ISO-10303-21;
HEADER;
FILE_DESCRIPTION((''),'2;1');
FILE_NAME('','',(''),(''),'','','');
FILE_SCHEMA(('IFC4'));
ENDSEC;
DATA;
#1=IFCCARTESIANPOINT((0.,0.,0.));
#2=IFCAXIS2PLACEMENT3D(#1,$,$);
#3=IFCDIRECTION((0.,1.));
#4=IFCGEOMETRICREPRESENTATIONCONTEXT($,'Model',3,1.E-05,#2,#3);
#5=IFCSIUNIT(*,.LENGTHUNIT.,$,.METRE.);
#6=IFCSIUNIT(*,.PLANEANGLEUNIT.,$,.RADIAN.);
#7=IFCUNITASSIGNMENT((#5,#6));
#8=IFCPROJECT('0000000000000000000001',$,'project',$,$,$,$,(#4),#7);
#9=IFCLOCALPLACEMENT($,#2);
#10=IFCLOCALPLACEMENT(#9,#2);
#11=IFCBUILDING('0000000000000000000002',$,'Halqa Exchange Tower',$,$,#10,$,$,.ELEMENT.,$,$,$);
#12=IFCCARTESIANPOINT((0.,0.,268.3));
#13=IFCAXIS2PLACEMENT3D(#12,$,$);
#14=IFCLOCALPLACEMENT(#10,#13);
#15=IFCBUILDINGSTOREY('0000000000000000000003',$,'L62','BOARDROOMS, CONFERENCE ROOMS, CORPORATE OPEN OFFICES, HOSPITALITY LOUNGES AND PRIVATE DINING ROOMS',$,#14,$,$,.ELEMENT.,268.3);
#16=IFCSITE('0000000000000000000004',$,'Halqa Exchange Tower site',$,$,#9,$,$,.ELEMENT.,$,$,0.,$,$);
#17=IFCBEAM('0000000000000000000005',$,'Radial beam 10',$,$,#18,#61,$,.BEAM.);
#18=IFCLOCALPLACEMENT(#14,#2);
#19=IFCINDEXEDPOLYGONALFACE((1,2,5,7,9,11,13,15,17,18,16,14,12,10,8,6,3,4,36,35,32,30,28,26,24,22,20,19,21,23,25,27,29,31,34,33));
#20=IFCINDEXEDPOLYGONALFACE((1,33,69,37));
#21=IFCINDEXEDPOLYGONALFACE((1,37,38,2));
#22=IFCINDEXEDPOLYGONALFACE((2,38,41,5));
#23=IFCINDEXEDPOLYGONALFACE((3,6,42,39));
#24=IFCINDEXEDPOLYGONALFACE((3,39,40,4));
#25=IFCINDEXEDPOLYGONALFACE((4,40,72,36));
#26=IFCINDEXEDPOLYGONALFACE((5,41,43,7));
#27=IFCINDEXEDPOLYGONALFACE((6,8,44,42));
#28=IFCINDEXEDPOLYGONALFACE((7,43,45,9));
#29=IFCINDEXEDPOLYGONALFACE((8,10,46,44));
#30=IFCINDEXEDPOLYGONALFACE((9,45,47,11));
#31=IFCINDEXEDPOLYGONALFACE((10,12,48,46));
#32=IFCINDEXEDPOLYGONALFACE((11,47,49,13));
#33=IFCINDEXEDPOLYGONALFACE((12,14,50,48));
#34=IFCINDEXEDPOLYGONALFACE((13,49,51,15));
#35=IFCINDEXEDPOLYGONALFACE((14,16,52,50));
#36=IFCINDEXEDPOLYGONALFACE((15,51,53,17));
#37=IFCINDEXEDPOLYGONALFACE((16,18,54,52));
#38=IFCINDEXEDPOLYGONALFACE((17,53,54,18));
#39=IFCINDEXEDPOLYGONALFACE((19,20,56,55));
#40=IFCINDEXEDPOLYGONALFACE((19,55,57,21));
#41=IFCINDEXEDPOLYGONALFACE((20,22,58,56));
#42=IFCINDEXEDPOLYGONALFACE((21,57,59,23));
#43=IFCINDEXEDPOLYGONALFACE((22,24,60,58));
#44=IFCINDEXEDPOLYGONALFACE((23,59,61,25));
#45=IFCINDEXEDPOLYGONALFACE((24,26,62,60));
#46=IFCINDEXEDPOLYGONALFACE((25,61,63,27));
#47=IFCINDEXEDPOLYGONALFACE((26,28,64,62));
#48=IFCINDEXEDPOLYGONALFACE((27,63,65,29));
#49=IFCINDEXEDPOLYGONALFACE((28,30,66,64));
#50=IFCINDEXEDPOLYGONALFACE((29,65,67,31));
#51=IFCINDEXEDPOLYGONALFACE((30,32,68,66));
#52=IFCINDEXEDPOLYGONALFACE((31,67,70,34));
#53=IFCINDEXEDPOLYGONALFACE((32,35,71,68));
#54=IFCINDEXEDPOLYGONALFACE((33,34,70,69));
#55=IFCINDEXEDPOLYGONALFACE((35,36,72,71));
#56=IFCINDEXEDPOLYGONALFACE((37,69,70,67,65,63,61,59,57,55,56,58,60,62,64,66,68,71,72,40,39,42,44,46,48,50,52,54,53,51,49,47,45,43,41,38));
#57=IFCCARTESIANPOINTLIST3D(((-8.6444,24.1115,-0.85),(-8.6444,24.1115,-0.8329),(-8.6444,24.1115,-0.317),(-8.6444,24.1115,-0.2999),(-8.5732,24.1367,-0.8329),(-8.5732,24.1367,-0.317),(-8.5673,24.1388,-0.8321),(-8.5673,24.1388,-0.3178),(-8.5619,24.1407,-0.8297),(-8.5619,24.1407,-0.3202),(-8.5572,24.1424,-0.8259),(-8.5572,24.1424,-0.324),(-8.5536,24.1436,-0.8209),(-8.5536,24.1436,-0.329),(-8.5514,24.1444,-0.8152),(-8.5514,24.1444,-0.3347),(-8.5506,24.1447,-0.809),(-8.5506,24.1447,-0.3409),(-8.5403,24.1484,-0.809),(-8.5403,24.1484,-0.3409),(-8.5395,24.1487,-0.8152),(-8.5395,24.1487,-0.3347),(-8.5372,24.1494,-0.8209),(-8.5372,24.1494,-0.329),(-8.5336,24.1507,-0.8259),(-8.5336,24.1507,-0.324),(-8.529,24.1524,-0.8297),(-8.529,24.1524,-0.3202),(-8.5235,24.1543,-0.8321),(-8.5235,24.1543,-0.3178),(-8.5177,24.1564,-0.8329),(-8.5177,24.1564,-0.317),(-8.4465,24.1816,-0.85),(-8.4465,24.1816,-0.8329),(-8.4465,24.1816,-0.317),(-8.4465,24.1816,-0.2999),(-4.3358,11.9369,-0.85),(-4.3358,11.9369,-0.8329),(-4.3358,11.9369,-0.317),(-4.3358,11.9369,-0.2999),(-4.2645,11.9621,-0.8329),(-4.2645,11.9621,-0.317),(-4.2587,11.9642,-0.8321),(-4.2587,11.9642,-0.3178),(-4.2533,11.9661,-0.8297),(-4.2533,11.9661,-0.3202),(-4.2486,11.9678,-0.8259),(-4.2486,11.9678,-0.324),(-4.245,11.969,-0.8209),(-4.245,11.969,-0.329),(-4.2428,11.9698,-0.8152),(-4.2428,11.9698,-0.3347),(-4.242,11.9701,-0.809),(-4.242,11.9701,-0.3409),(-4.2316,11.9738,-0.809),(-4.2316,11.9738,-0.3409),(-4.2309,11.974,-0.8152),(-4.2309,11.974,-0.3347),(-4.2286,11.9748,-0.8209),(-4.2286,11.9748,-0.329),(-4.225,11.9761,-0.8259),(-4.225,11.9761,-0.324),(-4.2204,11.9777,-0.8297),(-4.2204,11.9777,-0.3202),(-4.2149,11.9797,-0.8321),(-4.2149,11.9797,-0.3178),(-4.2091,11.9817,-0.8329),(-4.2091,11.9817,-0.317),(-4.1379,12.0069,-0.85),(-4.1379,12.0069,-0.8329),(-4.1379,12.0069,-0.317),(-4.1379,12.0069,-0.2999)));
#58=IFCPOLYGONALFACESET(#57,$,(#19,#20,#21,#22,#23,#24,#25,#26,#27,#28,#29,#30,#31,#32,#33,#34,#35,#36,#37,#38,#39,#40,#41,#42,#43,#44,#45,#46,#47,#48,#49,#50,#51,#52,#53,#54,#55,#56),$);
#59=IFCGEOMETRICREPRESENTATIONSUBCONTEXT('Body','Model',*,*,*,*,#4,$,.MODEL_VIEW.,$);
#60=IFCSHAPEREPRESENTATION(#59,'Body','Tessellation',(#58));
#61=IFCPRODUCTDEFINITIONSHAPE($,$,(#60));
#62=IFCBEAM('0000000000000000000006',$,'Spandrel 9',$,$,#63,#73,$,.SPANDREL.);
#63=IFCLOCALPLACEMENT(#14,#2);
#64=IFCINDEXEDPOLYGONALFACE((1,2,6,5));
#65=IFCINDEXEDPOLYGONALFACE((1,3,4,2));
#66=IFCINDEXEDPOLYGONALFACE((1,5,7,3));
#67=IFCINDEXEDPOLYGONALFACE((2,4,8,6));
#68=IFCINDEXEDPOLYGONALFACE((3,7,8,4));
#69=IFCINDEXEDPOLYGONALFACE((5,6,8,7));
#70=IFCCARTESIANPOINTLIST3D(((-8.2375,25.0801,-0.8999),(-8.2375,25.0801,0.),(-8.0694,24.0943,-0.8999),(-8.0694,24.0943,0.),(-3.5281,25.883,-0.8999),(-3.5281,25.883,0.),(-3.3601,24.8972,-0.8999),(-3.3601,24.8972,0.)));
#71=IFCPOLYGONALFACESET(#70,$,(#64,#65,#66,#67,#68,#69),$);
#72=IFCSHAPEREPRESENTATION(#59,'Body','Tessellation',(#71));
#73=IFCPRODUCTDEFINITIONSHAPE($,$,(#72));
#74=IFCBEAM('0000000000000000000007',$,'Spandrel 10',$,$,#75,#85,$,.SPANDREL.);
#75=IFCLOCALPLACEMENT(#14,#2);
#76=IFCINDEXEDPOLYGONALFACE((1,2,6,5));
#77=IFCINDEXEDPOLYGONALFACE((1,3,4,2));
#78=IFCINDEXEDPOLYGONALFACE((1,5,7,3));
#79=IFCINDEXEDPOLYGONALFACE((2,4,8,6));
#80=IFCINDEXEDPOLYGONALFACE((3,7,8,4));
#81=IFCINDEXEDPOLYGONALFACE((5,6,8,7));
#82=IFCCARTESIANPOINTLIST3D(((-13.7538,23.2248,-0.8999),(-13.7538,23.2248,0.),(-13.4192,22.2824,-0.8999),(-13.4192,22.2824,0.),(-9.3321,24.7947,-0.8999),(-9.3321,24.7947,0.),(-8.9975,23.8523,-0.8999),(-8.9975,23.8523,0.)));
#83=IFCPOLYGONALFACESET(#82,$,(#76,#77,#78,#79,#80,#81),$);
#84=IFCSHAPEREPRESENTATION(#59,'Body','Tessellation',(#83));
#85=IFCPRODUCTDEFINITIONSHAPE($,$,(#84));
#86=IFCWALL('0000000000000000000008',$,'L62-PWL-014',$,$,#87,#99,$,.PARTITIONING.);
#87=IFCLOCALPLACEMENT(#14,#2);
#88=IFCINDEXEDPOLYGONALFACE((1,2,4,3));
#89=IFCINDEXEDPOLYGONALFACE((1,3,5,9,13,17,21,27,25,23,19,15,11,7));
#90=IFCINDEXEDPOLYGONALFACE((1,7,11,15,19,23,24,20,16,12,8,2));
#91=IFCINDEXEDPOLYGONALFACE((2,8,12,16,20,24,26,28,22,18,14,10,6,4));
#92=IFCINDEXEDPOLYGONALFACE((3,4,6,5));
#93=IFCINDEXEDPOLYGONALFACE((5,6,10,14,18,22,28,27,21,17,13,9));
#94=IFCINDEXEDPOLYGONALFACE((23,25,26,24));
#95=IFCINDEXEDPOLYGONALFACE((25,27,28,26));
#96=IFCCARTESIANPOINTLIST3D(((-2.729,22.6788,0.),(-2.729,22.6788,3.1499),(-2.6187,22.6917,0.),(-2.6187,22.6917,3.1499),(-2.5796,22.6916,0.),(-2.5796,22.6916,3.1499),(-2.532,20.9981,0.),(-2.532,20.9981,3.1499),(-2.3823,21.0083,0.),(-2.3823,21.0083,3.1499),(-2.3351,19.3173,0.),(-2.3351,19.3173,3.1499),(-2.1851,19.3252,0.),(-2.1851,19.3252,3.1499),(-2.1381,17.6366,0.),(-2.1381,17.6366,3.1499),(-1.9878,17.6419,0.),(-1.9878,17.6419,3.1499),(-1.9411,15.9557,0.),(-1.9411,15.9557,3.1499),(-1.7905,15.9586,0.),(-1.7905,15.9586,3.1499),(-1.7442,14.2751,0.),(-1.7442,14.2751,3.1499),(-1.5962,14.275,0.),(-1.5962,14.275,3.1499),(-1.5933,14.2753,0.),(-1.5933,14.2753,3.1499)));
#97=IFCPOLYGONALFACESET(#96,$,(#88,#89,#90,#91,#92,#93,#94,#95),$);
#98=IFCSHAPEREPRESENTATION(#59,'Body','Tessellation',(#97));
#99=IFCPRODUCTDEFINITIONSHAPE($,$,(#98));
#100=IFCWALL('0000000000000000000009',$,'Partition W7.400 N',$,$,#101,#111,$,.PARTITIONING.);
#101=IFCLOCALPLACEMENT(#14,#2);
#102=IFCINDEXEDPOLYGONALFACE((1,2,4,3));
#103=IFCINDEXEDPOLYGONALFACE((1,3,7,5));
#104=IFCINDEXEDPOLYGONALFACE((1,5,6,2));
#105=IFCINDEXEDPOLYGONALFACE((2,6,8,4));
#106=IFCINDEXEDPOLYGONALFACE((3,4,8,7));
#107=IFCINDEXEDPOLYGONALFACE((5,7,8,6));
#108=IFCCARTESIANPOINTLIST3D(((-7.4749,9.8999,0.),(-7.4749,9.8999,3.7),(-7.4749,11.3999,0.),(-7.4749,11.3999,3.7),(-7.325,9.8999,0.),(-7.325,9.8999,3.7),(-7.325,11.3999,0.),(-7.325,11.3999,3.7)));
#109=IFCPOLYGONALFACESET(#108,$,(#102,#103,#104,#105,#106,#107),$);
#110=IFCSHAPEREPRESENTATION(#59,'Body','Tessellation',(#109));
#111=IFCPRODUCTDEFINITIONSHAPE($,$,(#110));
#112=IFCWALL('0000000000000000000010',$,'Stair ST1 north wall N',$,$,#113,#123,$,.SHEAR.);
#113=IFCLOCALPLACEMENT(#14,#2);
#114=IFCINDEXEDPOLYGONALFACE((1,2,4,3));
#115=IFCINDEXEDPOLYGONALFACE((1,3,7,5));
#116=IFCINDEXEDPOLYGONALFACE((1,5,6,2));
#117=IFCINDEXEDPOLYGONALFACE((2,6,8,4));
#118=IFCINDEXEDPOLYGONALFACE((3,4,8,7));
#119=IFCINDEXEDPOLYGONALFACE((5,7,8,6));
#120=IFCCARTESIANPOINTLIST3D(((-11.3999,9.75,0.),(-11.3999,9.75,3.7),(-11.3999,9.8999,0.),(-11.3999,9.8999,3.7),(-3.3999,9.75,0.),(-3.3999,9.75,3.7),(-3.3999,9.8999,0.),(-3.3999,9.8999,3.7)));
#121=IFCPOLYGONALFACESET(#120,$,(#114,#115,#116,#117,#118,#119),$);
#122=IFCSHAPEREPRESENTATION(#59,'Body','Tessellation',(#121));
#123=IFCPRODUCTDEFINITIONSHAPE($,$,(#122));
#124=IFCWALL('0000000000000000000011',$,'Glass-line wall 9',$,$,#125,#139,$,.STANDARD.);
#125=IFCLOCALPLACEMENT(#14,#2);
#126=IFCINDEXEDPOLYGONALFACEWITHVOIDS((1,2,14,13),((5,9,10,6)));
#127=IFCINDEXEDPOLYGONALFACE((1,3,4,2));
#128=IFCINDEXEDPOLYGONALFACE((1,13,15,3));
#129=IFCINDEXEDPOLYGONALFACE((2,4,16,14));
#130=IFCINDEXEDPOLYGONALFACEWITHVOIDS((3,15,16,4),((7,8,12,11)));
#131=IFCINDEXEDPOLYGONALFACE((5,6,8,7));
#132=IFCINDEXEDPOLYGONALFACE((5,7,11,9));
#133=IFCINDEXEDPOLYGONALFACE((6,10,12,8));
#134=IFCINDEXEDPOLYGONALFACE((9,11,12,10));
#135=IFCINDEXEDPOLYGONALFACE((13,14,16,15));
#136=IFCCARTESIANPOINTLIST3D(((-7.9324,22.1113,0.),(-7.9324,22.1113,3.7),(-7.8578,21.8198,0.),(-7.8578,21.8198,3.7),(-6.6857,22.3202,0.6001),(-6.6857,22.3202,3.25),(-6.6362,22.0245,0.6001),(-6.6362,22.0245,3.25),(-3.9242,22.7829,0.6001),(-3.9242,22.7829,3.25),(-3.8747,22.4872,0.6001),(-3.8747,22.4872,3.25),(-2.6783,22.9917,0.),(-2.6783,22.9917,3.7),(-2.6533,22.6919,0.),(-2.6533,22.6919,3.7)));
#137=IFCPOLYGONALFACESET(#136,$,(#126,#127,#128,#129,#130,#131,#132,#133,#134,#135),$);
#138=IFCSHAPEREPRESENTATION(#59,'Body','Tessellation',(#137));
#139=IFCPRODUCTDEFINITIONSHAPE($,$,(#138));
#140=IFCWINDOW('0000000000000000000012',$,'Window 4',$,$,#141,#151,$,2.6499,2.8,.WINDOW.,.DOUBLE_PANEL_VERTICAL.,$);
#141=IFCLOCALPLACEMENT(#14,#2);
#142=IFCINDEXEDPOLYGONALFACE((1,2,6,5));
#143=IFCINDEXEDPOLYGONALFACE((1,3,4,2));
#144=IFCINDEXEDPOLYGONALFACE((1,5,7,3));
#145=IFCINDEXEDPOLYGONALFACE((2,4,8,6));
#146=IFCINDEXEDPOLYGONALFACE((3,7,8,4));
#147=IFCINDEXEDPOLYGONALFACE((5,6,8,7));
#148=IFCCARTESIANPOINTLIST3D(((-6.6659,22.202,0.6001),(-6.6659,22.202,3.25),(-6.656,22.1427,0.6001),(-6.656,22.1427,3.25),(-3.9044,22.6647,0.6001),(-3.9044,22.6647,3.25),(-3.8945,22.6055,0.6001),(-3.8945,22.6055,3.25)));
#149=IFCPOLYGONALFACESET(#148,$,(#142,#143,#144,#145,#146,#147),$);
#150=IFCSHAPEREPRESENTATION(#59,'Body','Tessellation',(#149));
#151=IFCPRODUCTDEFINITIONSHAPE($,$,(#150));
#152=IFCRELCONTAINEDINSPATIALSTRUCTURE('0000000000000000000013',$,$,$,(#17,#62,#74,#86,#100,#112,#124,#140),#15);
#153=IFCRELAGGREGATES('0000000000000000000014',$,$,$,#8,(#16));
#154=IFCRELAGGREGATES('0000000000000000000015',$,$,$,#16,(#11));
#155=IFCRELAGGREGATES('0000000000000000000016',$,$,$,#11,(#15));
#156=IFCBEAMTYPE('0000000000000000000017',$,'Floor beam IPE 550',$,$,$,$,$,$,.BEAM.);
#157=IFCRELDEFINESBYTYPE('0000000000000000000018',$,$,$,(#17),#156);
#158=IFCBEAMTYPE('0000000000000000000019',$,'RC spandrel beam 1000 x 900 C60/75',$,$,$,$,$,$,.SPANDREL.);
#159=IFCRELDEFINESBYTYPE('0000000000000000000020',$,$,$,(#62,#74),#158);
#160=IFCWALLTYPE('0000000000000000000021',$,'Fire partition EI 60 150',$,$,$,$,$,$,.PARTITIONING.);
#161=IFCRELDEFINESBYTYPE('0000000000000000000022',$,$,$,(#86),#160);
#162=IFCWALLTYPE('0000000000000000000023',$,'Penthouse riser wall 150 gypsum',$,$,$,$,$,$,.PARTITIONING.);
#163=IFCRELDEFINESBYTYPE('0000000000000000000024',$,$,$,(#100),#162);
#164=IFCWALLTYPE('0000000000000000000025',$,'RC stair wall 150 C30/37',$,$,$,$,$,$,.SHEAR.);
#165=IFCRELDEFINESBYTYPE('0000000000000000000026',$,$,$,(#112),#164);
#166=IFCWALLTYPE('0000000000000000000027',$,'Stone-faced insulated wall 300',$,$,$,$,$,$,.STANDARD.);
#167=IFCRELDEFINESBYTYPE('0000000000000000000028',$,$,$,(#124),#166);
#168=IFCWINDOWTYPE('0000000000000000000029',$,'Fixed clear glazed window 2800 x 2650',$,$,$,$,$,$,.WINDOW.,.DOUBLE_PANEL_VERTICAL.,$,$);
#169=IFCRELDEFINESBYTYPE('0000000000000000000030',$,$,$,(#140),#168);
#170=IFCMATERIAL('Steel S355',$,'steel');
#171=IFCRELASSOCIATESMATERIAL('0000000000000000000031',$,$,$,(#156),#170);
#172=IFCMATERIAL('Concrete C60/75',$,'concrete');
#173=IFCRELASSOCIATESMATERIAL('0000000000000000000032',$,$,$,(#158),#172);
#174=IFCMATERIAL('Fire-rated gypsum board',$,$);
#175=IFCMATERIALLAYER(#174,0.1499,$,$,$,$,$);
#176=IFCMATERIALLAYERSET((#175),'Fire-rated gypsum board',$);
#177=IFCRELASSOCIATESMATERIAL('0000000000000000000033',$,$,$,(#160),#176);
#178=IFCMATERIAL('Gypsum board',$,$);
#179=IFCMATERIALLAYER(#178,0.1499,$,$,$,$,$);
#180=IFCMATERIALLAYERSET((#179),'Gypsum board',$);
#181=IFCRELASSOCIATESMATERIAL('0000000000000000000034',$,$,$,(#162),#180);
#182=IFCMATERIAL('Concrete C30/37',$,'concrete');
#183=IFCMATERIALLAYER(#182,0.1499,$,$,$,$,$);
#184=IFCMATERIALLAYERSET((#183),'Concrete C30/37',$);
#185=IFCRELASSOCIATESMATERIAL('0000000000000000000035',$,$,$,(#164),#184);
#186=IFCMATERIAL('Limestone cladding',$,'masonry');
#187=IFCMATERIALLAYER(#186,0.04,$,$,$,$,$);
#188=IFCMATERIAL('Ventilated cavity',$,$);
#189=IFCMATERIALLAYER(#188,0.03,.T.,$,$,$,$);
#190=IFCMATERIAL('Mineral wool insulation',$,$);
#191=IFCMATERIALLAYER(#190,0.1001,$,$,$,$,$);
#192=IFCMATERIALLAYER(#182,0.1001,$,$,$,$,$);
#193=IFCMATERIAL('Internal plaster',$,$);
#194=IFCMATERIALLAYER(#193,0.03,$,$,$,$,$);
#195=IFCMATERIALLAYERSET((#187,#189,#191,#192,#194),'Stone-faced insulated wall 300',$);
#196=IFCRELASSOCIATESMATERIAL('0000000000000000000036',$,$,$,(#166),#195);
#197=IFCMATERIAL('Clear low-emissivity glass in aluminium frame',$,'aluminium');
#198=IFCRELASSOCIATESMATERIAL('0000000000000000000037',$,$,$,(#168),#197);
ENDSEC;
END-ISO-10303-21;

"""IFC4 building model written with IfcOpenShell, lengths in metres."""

from ifc_helpers import new_model, si_unit, direction, frame, frame_2d, origin, origin_2d, place, context, subcontext, project, spatial, polyline, rectangle, i_section, outline, extrude, material, layer, layer_set, material_profile, profile_set, type_object, element, fill, save


model = new_model("IFC4")

# Units and contexts
model_context = context("Model", 3, precision=1e-05, world=origin(), true_north=direction((0.0, 1.0)))
body_context = subcontext(model_context, "Body", "Model", "MODEL_VIEW")
ifc_project = project(units=[si_unit("LENGTHUNIT", "METRE"), si_unit("PLANEANGLEUNIT", "RADIAN")], contexts=[model_context])

# Site, building, storey
site_placement = place(None, origin())
site = spatial("IfcSite", under=ifc_project, at=site_placement, Name="Halqa Exchange Tower site", CompositionType="ELEMENT", RefElevation=0.0)
building_placement = place(site_placement, origin())
building = spatial("IfcBuilding", under=site, at=building_placement, Name="Halqa Exchange Tower", CompositionType="ELEMENT")
storey_placement = place(building_placement, frame((0.0, 0.0, 268.3)))
storey = spatial("IfcBuildingStorey", under=building, at=storey_placement, Name="L62", Description="BOARDROOMS, CONFERENCE ROOMS, CORPORATE OPEN OFFICES, HOSPITALITY LOUNGES AND PRIVATE DINING ROOMS", CompositionType="ELEMENT", Elevation=268.3)

# Shared definitions
ifc_material_1 = material(Name="Concrete C60/75", Category="concrete")

# Beams
ifc_material_2 = material(Name="Steel S355", Category="steel")
ifc_material_profile_1 = material_profile(ifc_material_2, i_section(OverallWidth=0.21, OverallDepth=0.55, WebThickness=0.011, FlangeThickness=0.0171, FilletRadius=0.0239, at=origin_2d()), Name="IPE 550")
ifc_profile_set_1 = profile_set([ifc_material_profile_1], Name="Steel S355")
beam_type_1 = type_object("IfcBeamType", Name="Floor beam IPE 550", PredefinedType="BEAM", material=ifc_profile_set_1)
beam_1_placement = place(storey_placement, frame((-4.2368, 11.9719, -0.575), z_axis=(-0.333625, 0.942706, 0.0), x_axis=(-0.942706, -0.333625, 0.0)))
element("IfcBeam", 1, at=beam_1_placement, inside=storey, type_object=beam_type_1, Name="Radial beam 10", PredefinedType="BEAM", context=body_context, shape_type="SweptSolid", body=[
    extrude(i_section(OverallWidth=0.21, OverallDepth=0.55, WebThickness=0.011, FlangeThickness=0.0171, FilletRadius=0.0239, at=origin_2d()), origin(), (0.0, 0.0, 1.0), 12.9146),
])
ifc_material_profile_2 = material_profile(ifc_material_1, rectangle(XDim=1.0, YDim=0.8999, at=origin_2d()), Name="1000 x 900")
ifc_profile_set_2 = profile_set([ifc_material_profile_2], Name="Concrete C60/75")
beam_type_2 = type_object("IfcBeamType", Name="RC spandrel beam 1000 x 900 C60/75", PredefinedType="SPANDREL", material=ifc_profile_set_2)
beam_2_placement = place(storey_placement, frame((-3.4441, 25.3901, -0.45), z_axis=(-0.985774, -0.168077, 0.0), x_axis=(0.168077, -0.985774, 0.0)))
element("IfcBeam", 2, at=beam_2_placement, inside=storey, type_object=beam_type_2, Name="Spandrel 9", PredefinedType="SPANDREL", context=body_context, shape_type="SweptSolid", body=[
    extrude(rectangle(XDim=1.0, YDim=0.8999, at=origin_2d()), origin(), (0.0, 0.0, 1.0), 4.7773),
])
beam_3_placement = place(storey_placement, frame((-9.1648, 24.3235, -0.45), z_axis=(-0.94237, -0.334572, 0.0), x_axis=(0.334572, -0.94237, 0.0)))
element("IfcBeam", 3, at=beam_3_placement, inside=storey, type_object=beam_type_2, Name="Spandrel 10", PredefinedType="SPANDREL", context=body_context, shape_type="SweptSolid", body=[
    extrude(rectangle(XDim=1.0, YDim=0.8999, at=origin_2d()), origin(), (0.0, 0.0, 1.0), 4.6921),
])

# Walls
ifc_material_3 = material(Name="Fire-rated gypsum board")
ifc_layer_1 = layer(ifc_material_3, 0.1499)
ifc_layer_set_1 = layer_set([ifc_layer_1], Name="Fire-rated gypsum board")
wall_type_1 = type_object("IfcWallType", Name="Fire partition EI 60 150", PredefinedType="PARTITIONING", material=ifc_layer_set_1)
wall_1_placement = place(storey_placement, frame((-2.6545, 22.6875, 0.0), z_axis=(0.0, 0.0, 1.0), x_axis=(0.11639, -0.993204, 0.0)))
element("IfcWall", 4, at=wall_1_placement, inside=storey, type_object=wall_type_1, Name="L62-PWL-014", PredefinedType="PARTITIONING", context=body_context, shape_type="SweptSolid", body=[
    extrude(outline(polyline([(0.0, -0.075), (1.6921, -0.075), (3.3845, -0.075), (5.0767, -0.075), (6.769, -0.075), (8.4612, -0.075), (8.4785, 0.072), (8.4785, 0.075), (6.7837, 0.075), (5.0889, 0.075), (3.394, 0.075), (1.6995, 0.075), (0.0046, 0.075), (0.0, 0.0361), (0.0, -0.075)])), origin(), (0.0, 0.0, 1.0), 3.1499),
])
ifc_material_4 = material(Name="Gypsum board")
ifc_layer_2 = layer(ifc_material_4, 0.1499)
ifc_layer_set_2 = layer_set([ifc_layer_2], Name="Gypsum board")
wall_type_2 = type_object("IfcWallType", Name="Penthouse riser wall 150 gypsum", PredefinedType="PARTITIONING", material=ifc_layer_set_2)
wall_2_placement = place(storey_placement, frame((-7.3999, 9.8999, 0.0), z_axis=(0.0, 0.0, 1.0), x_axis=(0.0, 1.0, 0.0)))
element("IfcWall", 5, at=wall_2_placement, inside=storey, type_object=wall_type_2, Name="Partition W7.400 N", PredefinedType="PARTITIONING", context=body_context, shape_type="SweptSolid", body=[
    extrude(rectangle(XDim=1.5, YDim=0.1499, at=frame_2d((0.75, 0.0))), origin(), (0.0, 0.0, 1.0), 3.7),
])
ifc_material_5 = material(Name="Concrete C30/37", Category="concrete")
ifc_layer_3 = layer(ifc_material_5, 0.1499)
ifc_layer_set_3 = layer_set([ifc_layer_3], Name="Concrete C30/37")
wall_type_3 = type_object("IfcWallType", Name="RC stair wall 150 C30/37", PredefinedType="SHEAR", material=ifc_layer_set_3)
wall_3_placement = place(storey_placement, frame((-11.3999, 9.825, 0.0), z_axis=(0.0, 0.0, 1.0), x_axis=(1.0, 0.0, 0.0)))
element("IfcWall", 6, at=wall_3_placement, inside=storey, type_object=wall_type_3, Name="Stair ST1 north wall N", PredefinedType="SHEAR", context=body_context, shape_type="SweptSolid", body=[
    extrude(rectangle(XDim=8.0, YDim=0.1499, at=frame_2d((4.0, 0.0))), origin(), (0.0, 0.0, 1.0), 3.7),
])

# Wall, opening, window
ifc_material_6 = material(Name="Limestone cladding", Category="masonry")
ifc_layer_4 = layer(ifc_material_6, 0.04)
ifc_material_7 = material(Name="Ventilated cavity")
ifc_layer_5 = layer(ifc_material_7, 0.03, ventilated=True)
ifc_material_8 = material(Name="Mineral wool insulation")
ifc_layer_6 = layer(ifc_material_8, 0.1001)
ifc_layer_7 = layer(ifc_material_5, 0.1001)
ifc_material_9 = material(Name="Internal plaster")
ifc_layer_8 = layer(ifc_material_9, 0.03)
ifc_layer_set_4 = layer_set([ifc_layer_4, ifc_layer_5, ifc_layer_6, ifc_layer_7, ifc_layer_8], Name="Stone-faced insulated wall 300")
wall_type_4 = type_object("IfcWallType", Name="Stone-faced insulated wall 300", PredefinedType="STANDARD", material=ifc_layer_set_4)
wall_4_placement = place(storey_placement, frame((-2.6658, 22.8418, 0.0), z_axis=(0.0, 0.0, 1.0), x_axis=(-0.98625, -0.165258, 0.0)))
wall_4 = element("IfcWall", 7, at=wall_4_placement, inside=storey, type_object=wall_type_4, Name="Glass-line wall 9", PredefinedType="STANDARD", context=body_context, shape_type="SweptSolid", body=[
    extrude(outline(polyline([(-0.0125, -0.1499), (5.3149, -0.1499), (5.2896, 0.1499), (0.0125, 0.1499), (-0.0125, -0.1499)])), origin(), (0.0, 0.0, 1.0), 3.7),
])
opening_1_placement = place(wall_4_placement, frame((1.251, 0.0, 0.6001)))
opening_1 = element("IfcOpeningElement", 8, at=opening_1_placement, cuts=wall_4, PredefinedType="OPENING", context=body_context, shape_type="SweptSolid", body=[
    extrude(rectangle(XDim=2.8, YDim=2.6499, at=frame_2d((1.3999, 1.325))), frame((0.0, 0.1621, 0.0), z_axis=(0.0, -1.0, 0.0), x_axis=(1.0, 0.0, 0.0)), (0.0, 0.0, 1.0), 0.324),
])
ifc_material_10 = material(Name="Clear low-emissivity glass in aluminium frame", Category="aluminium")
window_type = type_object("IfcWindowType", Name="Fixed clear glazed window 2800 x 2650", PartitioningType="DOUBLE_PANEL_VERTICAL", PredefinedType="WINDOW", material=ifc_material_10)
window_1_placement = place(opening_1_placement, origin())
window_1 = element("IfcWindow", 9, at=window_1_placement, inside=storey, type_object=window_type, Name="Window 4", OverallHeight=2.6499, OverallWidth=2.8, PartitioningType="DOUBLE_PANEL_VERTICAL", PredefinedType="WINDOW", context=body_context, shape_type="SweptSolid", body=[
    extrude(rectangle(XDim=2.8, YDim=2.6499, at=frame_2d((1.3999, 1.325))), frame((0.0, 0.03, 0.0), z_axis=(0.0, -1.0, 0.0), x_axis=(1.0, 0.0, 0.0)), (0.0, 0.0, 1.0), 0.0601),
])
fill(opening_1, window_1)

save(model, "model.ifc")
